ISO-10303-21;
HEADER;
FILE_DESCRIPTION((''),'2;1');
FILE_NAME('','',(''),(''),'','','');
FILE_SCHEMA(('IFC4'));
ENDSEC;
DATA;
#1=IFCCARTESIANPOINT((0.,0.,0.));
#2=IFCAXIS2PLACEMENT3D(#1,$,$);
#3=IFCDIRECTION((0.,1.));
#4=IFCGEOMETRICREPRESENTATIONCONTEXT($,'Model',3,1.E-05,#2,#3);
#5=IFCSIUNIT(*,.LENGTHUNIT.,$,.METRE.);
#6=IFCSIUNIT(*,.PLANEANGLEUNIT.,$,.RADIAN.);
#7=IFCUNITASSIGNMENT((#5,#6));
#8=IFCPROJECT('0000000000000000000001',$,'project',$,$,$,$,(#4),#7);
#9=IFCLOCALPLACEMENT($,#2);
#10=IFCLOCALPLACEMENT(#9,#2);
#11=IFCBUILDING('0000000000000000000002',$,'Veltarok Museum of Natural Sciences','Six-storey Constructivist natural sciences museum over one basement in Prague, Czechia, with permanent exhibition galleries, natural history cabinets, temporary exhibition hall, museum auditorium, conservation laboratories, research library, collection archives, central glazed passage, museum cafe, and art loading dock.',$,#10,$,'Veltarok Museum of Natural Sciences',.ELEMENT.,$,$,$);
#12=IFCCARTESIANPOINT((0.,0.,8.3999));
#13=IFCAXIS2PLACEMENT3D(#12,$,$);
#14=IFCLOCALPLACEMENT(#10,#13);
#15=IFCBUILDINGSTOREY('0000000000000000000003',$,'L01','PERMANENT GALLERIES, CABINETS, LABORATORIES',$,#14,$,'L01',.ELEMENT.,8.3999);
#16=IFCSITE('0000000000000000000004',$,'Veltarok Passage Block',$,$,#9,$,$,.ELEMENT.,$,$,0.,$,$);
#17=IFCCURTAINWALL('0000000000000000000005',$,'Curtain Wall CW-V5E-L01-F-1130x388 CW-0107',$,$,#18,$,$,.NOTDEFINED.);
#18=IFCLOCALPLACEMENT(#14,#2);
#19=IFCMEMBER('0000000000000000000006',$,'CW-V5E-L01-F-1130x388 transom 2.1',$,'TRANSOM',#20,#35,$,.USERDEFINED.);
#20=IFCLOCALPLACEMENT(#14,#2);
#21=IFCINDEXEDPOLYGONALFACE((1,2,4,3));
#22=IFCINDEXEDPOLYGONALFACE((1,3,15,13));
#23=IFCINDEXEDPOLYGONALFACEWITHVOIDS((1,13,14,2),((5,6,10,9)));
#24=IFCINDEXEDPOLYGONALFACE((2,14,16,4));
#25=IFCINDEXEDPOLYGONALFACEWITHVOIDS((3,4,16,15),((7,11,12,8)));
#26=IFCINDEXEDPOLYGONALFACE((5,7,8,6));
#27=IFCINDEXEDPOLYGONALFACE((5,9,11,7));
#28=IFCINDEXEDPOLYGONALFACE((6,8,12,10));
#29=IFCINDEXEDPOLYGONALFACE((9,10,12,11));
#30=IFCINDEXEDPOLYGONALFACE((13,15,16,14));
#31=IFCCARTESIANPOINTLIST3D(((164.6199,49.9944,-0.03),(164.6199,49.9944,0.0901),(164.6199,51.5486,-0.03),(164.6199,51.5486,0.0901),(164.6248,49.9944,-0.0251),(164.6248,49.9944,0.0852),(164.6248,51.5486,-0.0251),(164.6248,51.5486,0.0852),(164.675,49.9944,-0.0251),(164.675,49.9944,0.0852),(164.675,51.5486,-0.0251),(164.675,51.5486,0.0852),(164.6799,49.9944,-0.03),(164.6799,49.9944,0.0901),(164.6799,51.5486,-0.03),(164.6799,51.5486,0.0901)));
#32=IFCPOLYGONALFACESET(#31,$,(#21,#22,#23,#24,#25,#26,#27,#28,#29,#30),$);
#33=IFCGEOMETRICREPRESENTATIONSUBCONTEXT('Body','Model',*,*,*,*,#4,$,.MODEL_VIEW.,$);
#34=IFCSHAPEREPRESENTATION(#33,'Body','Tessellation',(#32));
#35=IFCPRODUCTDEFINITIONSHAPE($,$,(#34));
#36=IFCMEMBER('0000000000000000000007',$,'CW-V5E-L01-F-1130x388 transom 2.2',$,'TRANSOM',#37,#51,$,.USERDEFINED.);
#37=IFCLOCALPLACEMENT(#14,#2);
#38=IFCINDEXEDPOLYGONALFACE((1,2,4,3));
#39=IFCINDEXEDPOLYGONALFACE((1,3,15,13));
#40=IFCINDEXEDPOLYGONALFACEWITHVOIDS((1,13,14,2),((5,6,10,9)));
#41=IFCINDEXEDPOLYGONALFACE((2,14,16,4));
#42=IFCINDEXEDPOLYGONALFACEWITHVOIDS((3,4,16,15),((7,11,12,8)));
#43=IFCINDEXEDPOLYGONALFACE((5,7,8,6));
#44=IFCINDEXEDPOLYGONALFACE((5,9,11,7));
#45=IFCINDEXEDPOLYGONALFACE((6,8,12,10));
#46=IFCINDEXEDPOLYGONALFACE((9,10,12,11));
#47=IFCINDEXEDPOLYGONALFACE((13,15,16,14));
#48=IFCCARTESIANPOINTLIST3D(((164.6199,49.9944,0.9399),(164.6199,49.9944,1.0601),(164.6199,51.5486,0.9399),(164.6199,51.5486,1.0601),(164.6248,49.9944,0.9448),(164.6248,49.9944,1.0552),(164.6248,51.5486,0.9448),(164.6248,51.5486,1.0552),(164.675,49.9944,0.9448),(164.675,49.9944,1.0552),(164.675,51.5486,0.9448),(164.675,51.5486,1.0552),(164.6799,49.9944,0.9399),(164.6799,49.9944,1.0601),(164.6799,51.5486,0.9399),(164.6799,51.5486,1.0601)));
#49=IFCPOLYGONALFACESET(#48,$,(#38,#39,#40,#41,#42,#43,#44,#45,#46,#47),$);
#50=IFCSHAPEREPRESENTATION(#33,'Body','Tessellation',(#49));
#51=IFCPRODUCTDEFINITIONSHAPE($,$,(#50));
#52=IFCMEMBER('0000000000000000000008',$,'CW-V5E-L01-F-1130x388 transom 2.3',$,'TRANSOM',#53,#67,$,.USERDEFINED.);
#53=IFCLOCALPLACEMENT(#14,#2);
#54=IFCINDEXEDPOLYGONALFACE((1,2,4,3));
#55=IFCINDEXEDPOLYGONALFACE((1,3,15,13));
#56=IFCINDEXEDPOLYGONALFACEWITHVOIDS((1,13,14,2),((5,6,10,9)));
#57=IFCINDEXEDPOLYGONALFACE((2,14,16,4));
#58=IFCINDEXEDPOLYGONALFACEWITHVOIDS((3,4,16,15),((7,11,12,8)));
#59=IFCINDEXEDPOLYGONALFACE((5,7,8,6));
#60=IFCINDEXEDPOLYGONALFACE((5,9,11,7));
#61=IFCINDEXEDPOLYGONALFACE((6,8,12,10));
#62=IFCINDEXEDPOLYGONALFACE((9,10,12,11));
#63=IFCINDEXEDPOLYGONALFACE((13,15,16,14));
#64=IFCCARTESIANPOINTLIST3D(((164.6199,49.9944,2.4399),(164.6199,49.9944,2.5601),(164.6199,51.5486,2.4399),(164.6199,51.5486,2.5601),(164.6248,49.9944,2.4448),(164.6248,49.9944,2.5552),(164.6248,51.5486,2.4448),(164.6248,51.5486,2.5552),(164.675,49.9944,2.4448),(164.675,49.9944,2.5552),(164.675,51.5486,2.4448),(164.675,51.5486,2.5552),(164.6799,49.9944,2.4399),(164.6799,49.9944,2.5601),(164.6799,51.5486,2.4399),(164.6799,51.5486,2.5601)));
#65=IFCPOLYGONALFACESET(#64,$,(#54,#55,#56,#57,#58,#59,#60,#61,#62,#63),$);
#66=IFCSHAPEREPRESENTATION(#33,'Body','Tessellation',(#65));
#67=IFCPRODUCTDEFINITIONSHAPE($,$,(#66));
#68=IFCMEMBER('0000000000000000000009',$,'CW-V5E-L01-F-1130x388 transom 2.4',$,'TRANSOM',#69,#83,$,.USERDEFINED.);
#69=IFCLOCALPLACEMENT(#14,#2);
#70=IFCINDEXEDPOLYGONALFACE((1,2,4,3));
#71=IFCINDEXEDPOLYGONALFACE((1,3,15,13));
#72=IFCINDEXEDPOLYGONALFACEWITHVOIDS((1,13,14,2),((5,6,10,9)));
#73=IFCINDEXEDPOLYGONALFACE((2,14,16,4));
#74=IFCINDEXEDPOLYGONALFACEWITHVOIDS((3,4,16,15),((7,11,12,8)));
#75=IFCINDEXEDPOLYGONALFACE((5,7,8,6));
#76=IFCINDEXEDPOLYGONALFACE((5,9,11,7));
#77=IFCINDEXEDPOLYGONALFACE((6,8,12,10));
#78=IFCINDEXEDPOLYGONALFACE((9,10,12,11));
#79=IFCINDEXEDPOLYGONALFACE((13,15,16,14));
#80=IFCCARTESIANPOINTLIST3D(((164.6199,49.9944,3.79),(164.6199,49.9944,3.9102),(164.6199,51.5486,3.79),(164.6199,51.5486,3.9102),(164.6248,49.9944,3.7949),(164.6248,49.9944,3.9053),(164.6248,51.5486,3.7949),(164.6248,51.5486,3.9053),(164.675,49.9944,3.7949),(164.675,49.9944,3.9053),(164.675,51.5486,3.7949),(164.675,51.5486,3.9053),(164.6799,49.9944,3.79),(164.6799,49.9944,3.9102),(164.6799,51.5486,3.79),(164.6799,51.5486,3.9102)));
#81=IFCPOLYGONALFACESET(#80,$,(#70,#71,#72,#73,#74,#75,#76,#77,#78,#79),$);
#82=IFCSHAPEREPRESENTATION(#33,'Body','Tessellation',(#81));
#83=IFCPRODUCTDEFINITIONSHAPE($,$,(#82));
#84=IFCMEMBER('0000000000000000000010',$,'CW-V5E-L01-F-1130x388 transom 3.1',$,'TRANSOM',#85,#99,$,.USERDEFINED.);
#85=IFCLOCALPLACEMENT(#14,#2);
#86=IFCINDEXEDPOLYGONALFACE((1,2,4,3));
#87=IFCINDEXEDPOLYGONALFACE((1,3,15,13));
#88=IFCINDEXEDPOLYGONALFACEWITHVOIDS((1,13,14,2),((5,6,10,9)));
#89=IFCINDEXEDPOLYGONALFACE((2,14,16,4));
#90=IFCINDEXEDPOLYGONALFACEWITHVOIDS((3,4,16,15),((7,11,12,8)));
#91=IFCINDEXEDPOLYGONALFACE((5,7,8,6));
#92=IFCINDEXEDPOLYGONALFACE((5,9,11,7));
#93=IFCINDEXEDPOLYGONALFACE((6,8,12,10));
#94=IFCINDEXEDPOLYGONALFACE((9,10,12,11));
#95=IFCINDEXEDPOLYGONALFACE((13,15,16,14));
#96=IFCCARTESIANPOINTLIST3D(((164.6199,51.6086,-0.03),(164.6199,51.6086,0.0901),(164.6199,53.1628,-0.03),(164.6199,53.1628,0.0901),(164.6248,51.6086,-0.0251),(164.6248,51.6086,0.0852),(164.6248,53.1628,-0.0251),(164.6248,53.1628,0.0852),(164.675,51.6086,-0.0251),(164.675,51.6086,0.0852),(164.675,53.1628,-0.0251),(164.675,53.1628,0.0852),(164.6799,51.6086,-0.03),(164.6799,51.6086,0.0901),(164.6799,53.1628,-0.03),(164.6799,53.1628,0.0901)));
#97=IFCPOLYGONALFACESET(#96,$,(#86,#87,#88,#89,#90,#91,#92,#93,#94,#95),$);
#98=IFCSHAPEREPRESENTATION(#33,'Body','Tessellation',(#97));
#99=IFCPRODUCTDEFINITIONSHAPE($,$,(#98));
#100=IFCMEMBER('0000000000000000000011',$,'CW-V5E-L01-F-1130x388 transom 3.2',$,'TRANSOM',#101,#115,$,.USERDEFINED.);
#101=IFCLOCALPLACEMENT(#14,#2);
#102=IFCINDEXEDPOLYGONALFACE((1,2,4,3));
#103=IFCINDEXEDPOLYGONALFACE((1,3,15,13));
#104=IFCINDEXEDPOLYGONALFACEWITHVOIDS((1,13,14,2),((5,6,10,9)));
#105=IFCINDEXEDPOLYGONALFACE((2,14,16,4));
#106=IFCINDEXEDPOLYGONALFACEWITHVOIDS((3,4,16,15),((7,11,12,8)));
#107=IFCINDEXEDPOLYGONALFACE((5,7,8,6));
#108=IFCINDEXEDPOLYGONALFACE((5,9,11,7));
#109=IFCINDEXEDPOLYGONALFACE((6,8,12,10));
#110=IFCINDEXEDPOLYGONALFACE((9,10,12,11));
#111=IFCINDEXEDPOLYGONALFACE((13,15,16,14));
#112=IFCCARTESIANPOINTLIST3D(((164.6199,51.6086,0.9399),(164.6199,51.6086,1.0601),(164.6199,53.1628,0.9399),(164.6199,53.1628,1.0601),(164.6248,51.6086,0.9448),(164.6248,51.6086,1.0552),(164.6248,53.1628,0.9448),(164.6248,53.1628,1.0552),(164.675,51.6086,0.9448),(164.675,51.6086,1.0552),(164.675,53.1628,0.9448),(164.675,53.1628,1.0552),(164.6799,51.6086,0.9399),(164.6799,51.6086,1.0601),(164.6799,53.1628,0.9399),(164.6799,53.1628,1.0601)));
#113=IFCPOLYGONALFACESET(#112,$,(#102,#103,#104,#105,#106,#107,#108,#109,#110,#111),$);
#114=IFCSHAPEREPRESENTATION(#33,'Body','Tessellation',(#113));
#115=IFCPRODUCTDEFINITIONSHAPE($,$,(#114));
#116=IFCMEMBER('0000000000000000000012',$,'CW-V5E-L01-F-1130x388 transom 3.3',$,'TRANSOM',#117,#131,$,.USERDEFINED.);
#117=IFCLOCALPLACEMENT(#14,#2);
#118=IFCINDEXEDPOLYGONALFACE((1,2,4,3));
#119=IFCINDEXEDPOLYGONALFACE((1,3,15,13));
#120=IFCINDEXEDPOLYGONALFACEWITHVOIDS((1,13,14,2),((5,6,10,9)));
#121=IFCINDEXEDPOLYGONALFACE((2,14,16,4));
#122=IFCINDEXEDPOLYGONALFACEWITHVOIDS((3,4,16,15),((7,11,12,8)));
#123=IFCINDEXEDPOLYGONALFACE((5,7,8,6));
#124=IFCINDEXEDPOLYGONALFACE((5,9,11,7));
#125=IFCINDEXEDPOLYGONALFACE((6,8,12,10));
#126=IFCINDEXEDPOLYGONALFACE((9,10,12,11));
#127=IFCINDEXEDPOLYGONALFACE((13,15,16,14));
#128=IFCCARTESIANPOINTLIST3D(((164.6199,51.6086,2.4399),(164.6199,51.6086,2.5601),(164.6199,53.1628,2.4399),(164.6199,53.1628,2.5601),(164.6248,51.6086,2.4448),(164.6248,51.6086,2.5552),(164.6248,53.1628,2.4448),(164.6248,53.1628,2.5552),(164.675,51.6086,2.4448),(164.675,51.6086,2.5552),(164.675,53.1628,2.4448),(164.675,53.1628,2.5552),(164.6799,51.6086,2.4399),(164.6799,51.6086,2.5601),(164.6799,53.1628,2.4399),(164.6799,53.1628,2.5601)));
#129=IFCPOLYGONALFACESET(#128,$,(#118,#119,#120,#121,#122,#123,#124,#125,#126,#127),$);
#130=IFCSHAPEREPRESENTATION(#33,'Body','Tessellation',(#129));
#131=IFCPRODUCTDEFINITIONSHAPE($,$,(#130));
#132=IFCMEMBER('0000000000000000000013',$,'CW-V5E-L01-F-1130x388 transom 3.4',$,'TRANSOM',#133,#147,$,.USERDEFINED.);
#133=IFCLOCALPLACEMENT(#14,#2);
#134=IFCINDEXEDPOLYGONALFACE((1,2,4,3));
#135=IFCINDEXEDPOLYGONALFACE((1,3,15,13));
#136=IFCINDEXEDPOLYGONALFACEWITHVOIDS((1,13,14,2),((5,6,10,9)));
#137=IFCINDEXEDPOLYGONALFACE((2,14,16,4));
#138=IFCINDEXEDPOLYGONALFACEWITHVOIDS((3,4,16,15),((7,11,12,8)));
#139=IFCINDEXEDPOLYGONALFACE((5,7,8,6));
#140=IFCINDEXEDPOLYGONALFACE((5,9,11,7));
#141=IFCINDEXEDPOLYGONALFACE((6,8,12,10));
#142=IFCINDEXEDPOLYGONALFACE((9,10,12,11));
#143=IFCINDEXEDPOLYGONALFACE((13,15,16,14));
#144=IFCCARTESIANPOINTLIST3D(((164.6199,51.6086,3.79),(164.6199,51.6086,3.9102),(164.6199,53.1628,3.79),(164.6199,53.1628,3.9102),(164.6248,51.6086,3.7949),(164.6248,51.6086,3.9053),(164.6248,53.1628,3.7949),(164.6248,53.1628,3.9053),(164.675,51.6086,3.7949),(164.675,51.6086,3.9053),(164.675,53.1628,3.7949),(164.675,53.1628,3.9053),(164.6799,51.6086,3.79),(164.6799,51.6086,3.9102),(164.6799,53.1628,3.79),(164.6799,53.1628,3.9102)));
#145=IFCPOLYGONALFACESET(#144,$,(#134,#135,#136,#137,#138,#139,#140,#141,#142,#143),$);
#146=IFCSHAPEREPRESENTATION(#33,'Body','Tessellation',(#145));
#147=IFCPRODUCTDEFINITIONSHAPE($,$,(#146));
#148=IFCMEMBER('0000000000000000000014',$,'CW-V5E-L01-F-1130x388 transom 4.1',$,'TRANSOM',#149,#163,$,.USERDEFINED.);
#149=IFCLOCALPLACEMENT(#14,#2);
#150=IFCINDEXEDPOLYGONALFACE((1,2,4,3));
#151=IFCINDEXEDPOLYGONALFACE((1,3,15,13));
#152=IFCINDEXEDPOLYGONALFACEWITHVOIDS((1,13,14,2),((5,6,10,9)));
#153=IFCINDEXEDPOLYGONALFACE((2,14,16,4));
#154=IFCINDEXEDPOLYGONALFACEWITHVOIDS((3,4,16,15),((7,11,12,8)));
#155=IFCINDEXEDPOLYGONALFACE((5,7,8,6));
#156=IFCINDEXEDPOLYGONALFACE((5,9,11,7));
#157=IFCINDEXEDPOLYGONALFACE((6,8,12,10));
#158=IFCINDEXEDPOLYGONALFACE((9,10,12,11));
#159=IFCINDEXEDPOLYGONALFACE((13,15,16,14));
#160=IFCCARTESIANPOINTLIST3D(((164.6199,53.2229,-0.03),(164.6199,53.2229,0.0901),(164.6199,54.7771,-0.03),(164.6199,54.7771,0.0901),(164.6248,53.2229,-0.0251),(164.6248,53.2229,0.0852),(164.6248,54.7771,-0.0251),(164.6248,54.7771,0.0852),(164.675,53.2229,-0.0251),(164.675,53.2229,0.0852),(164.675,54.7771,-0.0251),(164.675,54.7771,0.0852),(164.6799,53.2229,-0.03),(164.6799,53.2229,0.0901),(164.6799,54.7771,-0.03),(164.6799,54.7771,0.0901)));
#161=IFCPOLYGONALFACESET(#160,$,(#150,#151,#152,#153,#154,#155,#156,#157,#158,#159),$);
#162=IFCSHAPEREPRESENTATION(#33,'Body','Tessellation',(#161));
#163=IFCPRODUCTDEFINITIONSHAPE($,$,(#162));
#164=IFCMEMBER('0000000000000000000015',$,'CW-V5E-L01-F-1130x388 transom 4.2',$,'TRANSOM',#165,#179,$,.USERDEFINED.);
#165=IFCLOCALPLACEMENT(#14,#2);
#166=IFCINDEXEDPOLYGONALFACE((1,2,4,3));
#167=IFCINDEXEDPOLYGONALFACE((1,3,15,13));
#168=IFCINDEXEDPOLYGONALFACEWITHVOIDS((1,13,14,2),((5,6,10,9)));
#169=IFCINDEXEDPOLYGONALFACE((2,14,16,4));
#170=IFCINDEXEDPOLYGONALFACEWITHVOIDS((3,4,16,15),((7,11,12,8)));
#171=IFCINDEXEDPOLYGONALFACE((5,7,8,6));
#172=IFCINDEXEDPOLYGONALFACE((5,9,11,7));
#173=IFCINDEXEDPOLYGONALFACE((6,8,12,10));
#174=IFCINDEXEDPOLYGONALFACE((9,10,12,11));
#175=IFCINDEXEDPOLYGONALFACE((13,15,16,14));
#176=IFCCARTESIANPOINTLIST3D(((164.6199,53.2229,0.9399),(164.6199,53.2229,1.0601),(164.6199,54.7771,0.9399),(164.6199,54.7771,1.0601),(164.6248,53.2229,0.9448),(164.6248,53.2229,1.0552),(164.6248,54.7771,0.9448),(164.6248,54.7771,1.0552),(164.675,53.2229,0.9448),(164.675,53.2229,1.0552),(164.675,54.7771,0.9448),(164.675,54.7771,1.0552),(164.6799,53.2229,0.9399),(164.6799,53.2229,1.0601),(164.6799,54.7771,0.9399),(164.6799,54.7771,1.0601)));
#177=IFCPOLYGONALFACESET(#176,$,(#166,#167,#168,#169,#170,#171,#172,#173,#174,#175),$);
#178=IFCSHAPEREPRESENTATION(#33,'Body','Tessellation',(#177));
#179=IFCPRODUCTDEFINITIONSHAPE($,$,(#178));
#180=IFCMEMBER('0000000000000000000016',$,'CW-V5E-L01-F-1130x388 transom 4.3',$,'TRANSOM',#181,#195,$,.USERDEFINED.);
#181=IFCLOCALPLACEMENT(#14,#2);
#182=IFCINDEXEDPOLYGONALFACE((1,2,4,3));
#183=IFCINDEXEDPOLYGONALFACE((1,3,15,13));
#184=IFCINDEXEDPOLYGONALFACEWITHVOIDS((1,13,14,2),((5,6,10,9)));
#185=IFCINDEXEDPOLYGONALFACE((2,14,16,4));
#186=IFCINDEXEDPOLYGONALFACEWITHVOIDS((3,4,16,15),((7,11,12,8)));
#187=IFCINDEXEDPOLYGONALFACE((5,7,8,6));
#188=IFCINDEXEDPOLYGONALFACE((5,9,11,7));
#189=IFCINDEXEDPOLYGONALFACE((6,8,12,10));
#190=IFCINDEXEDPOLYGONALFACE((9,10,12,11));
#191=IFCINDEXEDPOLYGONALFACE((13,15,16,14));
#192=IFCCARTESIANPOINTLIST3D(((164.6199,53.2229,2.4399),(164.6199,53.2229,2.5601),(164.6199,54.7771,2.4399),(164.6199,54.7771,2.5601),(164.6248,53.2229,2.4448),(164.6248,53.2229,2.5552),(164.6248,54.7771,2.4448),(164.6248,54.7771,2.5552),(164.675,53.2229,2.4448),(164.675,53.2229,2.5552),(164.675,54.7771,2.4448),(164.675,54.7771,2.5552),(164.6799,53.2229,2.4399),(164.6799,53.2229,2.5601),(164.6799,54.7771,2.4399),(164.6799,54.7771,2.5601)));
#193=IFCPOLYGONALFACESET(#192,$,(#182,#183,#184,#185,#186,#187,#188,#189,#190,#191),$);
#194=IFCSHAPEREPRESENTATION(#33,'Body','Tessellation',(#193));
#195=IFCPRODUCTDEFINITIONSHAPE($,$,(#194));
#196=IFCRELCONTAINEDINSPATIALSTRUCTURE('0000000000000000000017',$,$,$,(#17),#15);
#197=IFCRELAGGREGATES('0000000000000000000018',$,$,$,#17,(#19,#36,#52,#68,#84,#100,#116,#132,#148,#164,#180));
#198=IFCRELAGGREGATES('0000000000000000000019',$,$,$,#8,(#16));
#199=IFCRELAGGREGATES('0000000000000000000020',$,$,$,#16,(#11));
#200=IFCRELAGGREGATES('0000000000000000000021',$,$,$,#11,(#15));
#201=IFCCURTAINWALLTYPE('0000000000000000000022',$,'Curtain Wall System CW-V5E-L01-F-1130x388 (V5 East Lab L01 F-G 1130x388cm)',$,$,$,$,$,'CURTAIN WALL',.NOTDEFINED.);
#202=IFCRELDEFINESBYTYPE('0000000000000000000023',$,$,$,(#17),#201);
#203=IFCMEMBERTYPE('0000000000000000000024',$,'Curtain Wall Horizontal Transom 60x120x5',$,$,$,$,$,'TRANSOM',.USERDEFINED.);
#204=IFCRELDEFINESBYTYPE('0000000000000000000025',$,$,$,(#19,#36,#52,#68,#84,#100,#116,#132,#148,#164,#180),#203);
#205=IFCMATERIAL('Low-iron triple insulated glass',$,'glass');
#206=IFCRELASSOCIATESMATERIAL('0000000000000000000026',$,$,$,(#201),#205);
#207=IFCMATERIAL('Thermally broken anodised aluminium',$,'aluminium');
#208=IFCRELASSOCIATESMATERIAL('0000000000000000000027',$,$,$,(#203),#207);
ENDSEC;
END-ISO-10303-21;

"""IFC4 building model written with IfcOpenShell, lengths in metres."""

from ifc_helpers import new_model, si_unit, direction, frame, origin, origin_2d, place, context, subcontext, project, spatial, hollow_rectangle, extrude, material, material_profile, profile_set, type_object, element, aggregate, save


model = new_model("IFC4")

# Units and contexts
model_context = context("Model", 3, precision=1e-05, world=origin(), true_north=direction((0.0, 1.0)))
body_context = subcontext(model_context, "Body", "Model", "MODEL_VIEW")
ifc_project = project(units=[si_unit("LENGTHUNIT", "METRE"), si_unit("PLANEANGLEUNIT", "RADIAN")], contexts=[model_context])

# Site, building, storey
site_placement = place(None, origin())
site = spatial("IfcSite", under=ifc_project, at=site_placement, Name="Veltarok Passage Block", CompositionType="ELEMENT", RefElevation=0.0)
building_placement = place(site_placement, origin())
building = spatial("IfcBuilding", under=site, at=building_placement, Name="Veltarok Museum of Natural Sciences", Description="Six-storey Constructivist natural sciences museum over one basement in Prague, Czechia, with permanent exhibition galleries, natural history cabinets, temporary exhibition hall, museum auditorium, conservation laboratories, research library, collection archives, central glazed passage, museum cafe, and art loading dock.", LongName="Veltarok Museum of Natural Sciences", CompositionType="ELEMENT")
storey_placement = place(building_placement, frame((0.0, 0.0, 8.3999)))
storey = spatial("IfcBuildingStorey", under=building, at=storey_placement, Name="L01", Description="PERMANENT GALLERIES, CABINETS, LABORATORIES", LongName="L01", CompositionType="ELEMENT", Elevation=8.3999)

# Curtain wall, members
ifc_material_1 = material(Name="Low-iron triple insulated glass", Category="glass")
curtain_wall_type = type_object("IfcCurtainWallType", Name="Curtain Wall System CW-V5E-L01-F-1130x388 (V5 East Lab L01 F-G 1130x388cm)", ElementType="CURTAIN WALL", PredefinedType="NOTDEFINED", material=ifc_material_1)
curtain_wall_placement = place(storey_placement, origin())
curtain_wall = element("IfcCurtainWall", 1, at=curtain_wall_placement, inside=storey, type_object=curtain_wall_type, Name="Curtain Wall CW-V5E-L01-F-1130x388 CW-0107", PredefinedType="NOTDEFINED")
ifc_material_2 = material(Name="Thermally broken anodised aluminium", Category="aluminium")
ifc_material_profile_1 = material_profile(ifc_material_2, hollow_rectangle(XDim=0.0601, YDim=0.1201, WallThickness=0.0049, at=origin_2d()), Name="CW TRANSOM 60x120x5")
ifc_profile_set_1 = profile_set([ifc_material_profile_1], Name="Thermally broken anodised aluminium")
member_type_1 = type_object("IfcMemberType", Name="Curtain Wall Horizontal Transom 60x120x5", ElementType="TRANSOM", PredefinedType="USERDEFINED", material=ifc_profile_set_1)
member_1_placement = place(storey_placement, frame((164.6499, 49.9944, 0.03), z_axis=(0.0, 1.0, 0.0), x_axis=(-1.0, 0.0, 0.0)))
member_1 = element("IfcMember", 2, at=member_1_placement, type_object=member_type_1, Name="CW-V5E-L01-F-1130x388 transom 2.1", ObjectType="TRANSOM", PredefinedType="USERDEFINED", context=body_context, shape_type="SweptSolid", body=[
    extrude(hollow_rectangle(XDim=0.0601, YDim=0.1201, WallThickness=0.0049, at=origin_2d()), origin(), (0.0, 0.0, 1.0), 1.5542),
])
member_2_placement = place(storey_placement, frame((164.6499, 49.9944, 1.0), z_axis=(0.0, 1.0, 0.0), x_axis=(-1.0, 0.0, 0.0)))
member_2 = element("IfcMember", 3, at=member_2_placement, type_object=member_type_1, Name="CW-V5E-L01-F-1130x388 transom 2.2", ObjectType="TRANSOM", PredefinedType="USERDEFINED", context=body_context, shape_type="SweptSolid", body=[
    extrude(hollow_rectangle(XDim=0.0601, YDim=0.1201, WallThickness=0.0049, at=origin_2d()), origin(), (0.0, 0.0, 1.0), 1.5542),
])
member_3_placement = place(storey_placement, frame((164.6499, 49.9944, 2.5), z_axis=(0.0, 1.0, 0.0), x_axis=(-1.0, 0.0, 0.0)))
member_3 = element("IfcMember", 4, at=member_3_placement, type_object=member_type_1, Name="CW-V5E-L01-F-1130x388 transom 2.3", ObjectType="TRANSOM", PredefinedType="USERDEFINED", context=body_context, shape_type="SweptSolid", body=[
    extrude(hollow_rectangle(XDim=0.0601, YDim=0.1201, WallThickness=0.0049, at=origin_2d()), origin(), (0.0, 0.0, 1.0), 1.5542),
])
member_4_placement = place(storey_placement, frame((164.6499, 49.9944, 3.8501), z_axis=(0.0, 1.0, 0.0), x_axis=(-1.0, 0.0, 0.0)))
member_4 = element("IfcMember", 5, at=member_4_placement, type_object=member_type_1, Name="CW-V5E-L01-F-1130x388 transom 2.4", ObjectType="TRANSOM", PredefinedType="USERDEFINED", context=body_context, shape_type="SweptSolid", body=[
    extrude(hollow_rectangle(XDim=0.0601, YDim=0.1201, WallThickness=0.0049, at=origin_2d()), origin(), (0.0, 0.0, 1.0), 1.5542),
])
member_5_placement = place(storey_placement, frame((164.6499, 51.6086, 0.03), z_axis=(0.0, 1.0, 0.0), x_axis=(-1.0, 0.0, 0.0)))
member_5 = element("IfcMember", 6, at=member_5_placement, type_object=member_type_1, Name="CW-V5E-L01-F-1130x388 transom 3.1", ObjectType="TRANSOM", PredefinedType="USERDEFINED", context=body_context, shape_type="SweptSolid", body=[
    extrude(hollow_rectangle(XDim=0.0601, YDim=0.1201, WallThickness=0.0049, at=origin_2d()), origin(), (0.0, 0.0, 1.0), 1.5542),
])
member_6_placement = place(storey_placement, frame((164.6499, 51.6086, 1.0), z_axis=(0.0, 1.0, 0.0), x_axis=(-1.0, 0.0, 0.0)))
member_6 = element("IfcMember", 7, at=member_6_placement, type_object=member_type_1, Name="CW-V5E-L01-F-1130x388 transom 3.2", ObjectType="TRANSOM", PredefinedType="USERDEFINED", context=body_context, shape_type="SweptSolid", body=[
    extrude(hollow_rectangle(XDim=0.0601, YDim=0.1201, WallThickness=0.0049, at=origin_2d()), origin(), (0.0, 0.0, 1.0), 1.5542),
])
member_7_placement = place(storey_placement, frame((164.6499, 51.6086, 2.5), z_axis=(0.0, 1.0, 0.0), x_axis=(-1.0, 0.0, 0.0)))
member_7 = element("IfcMember", 8, at=member_7_placement, type_object=member_type_1, Name="CW-V5E-L01-F-1130x388 transom 3.3", ObjectType="TRANSOM", PredefinedType="USERDEFINED", context=body_context, shape_type="SweptSolid", body=[
    extrude(hollow_rectangle(XDim=0.0601, YDim=0.1201, WallThickness=0.0049, at=origin_2d()), origin(), (0.0, 0.0, 1.0), 1.5542),
])
member_8_placement = place(storey_placement, frame((164.6499, 51.6086, 3.8501), z_axis=(0.0, 1.0, 0.0), x_axis=(-1.0, 0.0, 0.0)))
member_8 = element("IfcMember", 9, at=member_8_placement, type_object=member_type_1, Name="CW-V5E-L01-F-1130x388 transom 3.4", ObjectType="TRANSOM", PredefinedType="USERDEFINED", context=body_context, shape_type="SweptSolid", body=[
    extrude(hollow_rectangle(XDim=0.0601, YDim=0.1201, WallThickness=0.0049, at=origin_2d()), origin(), (0.0, 0.0, 1.0), 1.5542),
])
member_9_placement = place(storey_placement, frame((164.6499, 53.2229, 0.03), z_axis=(0.0, 1.0, 0.0), x_axis=(-1.0, 0.0, 0.0)))
member_9 = element("IfcMember", 10, at=member_9_placement, type_object=member_type_1, Name="CW-V5E-L01-F-1130x388 transom 4.1", ObjectType="TRANSOM", PredefinedType="USERDEFINED", context=body_context, shape_type="SweptSolid", body=[
    extrude(hollow_rectangle(XDim=0.0601, YDim=0.1201, WallThickness=0.0049, at=origin_2d()), origin(), (0.0, 0.0, 1.0), 1.5542),
])
member_10_placement = place(storey_placement, frame((164.6499, 53.2229, 1.0), z_axis=(0.0, 1.0, 0.0), x_axis=(-1.0, 0.0, 0.0)))
member_10 = element("IfcMember", 11, at=member_10_placement, type_object=member_type_1, Name="CW-V5E-L01-F-1130x388 transom 4.2", ObjectType="TRANSOM", PredefinedType="USERDEFINED", context=body_context, shape_type="SweptSolid", body=[
    extrude(hollow_rectangle(XDim=0.0601, YDim=0.1201, WallThickness=0.0049, at=origin_2d()), origin(), (0.0, 0.0, 1.0), 1.5542),
])
member_11_placement = place(storey_placement, frame((164.6499, 53.2229, 2.5), z_axis=(0.0, 1.0, 0.0), x_axis=(-1.0, 0.0, 0.0)))
member_11 = element("IfcMember", 12, at=member_11_placement, type_object=member_type_1, Name="CW-V5E-L01-F-1130x388 transom 4.3", ObjectType="TRANSOM", PredefinedType="USERDEFINED", context=body_context, shape_type="SweptSolid", body=[
    extrude(hollow_rectangle(XDim=0.0601, YDim=0.1201, WallThickness=0.0049, at=origin_2d()), origin(), (0.0, 0.0, 1.0), 1.5542),
])
aggregate(curtain_wall, [member_1, member_2, member_3, member_4, member_5, member_6, member_7, member_8, member_9, member_10, member_11])

save(model, "model.ifc")
